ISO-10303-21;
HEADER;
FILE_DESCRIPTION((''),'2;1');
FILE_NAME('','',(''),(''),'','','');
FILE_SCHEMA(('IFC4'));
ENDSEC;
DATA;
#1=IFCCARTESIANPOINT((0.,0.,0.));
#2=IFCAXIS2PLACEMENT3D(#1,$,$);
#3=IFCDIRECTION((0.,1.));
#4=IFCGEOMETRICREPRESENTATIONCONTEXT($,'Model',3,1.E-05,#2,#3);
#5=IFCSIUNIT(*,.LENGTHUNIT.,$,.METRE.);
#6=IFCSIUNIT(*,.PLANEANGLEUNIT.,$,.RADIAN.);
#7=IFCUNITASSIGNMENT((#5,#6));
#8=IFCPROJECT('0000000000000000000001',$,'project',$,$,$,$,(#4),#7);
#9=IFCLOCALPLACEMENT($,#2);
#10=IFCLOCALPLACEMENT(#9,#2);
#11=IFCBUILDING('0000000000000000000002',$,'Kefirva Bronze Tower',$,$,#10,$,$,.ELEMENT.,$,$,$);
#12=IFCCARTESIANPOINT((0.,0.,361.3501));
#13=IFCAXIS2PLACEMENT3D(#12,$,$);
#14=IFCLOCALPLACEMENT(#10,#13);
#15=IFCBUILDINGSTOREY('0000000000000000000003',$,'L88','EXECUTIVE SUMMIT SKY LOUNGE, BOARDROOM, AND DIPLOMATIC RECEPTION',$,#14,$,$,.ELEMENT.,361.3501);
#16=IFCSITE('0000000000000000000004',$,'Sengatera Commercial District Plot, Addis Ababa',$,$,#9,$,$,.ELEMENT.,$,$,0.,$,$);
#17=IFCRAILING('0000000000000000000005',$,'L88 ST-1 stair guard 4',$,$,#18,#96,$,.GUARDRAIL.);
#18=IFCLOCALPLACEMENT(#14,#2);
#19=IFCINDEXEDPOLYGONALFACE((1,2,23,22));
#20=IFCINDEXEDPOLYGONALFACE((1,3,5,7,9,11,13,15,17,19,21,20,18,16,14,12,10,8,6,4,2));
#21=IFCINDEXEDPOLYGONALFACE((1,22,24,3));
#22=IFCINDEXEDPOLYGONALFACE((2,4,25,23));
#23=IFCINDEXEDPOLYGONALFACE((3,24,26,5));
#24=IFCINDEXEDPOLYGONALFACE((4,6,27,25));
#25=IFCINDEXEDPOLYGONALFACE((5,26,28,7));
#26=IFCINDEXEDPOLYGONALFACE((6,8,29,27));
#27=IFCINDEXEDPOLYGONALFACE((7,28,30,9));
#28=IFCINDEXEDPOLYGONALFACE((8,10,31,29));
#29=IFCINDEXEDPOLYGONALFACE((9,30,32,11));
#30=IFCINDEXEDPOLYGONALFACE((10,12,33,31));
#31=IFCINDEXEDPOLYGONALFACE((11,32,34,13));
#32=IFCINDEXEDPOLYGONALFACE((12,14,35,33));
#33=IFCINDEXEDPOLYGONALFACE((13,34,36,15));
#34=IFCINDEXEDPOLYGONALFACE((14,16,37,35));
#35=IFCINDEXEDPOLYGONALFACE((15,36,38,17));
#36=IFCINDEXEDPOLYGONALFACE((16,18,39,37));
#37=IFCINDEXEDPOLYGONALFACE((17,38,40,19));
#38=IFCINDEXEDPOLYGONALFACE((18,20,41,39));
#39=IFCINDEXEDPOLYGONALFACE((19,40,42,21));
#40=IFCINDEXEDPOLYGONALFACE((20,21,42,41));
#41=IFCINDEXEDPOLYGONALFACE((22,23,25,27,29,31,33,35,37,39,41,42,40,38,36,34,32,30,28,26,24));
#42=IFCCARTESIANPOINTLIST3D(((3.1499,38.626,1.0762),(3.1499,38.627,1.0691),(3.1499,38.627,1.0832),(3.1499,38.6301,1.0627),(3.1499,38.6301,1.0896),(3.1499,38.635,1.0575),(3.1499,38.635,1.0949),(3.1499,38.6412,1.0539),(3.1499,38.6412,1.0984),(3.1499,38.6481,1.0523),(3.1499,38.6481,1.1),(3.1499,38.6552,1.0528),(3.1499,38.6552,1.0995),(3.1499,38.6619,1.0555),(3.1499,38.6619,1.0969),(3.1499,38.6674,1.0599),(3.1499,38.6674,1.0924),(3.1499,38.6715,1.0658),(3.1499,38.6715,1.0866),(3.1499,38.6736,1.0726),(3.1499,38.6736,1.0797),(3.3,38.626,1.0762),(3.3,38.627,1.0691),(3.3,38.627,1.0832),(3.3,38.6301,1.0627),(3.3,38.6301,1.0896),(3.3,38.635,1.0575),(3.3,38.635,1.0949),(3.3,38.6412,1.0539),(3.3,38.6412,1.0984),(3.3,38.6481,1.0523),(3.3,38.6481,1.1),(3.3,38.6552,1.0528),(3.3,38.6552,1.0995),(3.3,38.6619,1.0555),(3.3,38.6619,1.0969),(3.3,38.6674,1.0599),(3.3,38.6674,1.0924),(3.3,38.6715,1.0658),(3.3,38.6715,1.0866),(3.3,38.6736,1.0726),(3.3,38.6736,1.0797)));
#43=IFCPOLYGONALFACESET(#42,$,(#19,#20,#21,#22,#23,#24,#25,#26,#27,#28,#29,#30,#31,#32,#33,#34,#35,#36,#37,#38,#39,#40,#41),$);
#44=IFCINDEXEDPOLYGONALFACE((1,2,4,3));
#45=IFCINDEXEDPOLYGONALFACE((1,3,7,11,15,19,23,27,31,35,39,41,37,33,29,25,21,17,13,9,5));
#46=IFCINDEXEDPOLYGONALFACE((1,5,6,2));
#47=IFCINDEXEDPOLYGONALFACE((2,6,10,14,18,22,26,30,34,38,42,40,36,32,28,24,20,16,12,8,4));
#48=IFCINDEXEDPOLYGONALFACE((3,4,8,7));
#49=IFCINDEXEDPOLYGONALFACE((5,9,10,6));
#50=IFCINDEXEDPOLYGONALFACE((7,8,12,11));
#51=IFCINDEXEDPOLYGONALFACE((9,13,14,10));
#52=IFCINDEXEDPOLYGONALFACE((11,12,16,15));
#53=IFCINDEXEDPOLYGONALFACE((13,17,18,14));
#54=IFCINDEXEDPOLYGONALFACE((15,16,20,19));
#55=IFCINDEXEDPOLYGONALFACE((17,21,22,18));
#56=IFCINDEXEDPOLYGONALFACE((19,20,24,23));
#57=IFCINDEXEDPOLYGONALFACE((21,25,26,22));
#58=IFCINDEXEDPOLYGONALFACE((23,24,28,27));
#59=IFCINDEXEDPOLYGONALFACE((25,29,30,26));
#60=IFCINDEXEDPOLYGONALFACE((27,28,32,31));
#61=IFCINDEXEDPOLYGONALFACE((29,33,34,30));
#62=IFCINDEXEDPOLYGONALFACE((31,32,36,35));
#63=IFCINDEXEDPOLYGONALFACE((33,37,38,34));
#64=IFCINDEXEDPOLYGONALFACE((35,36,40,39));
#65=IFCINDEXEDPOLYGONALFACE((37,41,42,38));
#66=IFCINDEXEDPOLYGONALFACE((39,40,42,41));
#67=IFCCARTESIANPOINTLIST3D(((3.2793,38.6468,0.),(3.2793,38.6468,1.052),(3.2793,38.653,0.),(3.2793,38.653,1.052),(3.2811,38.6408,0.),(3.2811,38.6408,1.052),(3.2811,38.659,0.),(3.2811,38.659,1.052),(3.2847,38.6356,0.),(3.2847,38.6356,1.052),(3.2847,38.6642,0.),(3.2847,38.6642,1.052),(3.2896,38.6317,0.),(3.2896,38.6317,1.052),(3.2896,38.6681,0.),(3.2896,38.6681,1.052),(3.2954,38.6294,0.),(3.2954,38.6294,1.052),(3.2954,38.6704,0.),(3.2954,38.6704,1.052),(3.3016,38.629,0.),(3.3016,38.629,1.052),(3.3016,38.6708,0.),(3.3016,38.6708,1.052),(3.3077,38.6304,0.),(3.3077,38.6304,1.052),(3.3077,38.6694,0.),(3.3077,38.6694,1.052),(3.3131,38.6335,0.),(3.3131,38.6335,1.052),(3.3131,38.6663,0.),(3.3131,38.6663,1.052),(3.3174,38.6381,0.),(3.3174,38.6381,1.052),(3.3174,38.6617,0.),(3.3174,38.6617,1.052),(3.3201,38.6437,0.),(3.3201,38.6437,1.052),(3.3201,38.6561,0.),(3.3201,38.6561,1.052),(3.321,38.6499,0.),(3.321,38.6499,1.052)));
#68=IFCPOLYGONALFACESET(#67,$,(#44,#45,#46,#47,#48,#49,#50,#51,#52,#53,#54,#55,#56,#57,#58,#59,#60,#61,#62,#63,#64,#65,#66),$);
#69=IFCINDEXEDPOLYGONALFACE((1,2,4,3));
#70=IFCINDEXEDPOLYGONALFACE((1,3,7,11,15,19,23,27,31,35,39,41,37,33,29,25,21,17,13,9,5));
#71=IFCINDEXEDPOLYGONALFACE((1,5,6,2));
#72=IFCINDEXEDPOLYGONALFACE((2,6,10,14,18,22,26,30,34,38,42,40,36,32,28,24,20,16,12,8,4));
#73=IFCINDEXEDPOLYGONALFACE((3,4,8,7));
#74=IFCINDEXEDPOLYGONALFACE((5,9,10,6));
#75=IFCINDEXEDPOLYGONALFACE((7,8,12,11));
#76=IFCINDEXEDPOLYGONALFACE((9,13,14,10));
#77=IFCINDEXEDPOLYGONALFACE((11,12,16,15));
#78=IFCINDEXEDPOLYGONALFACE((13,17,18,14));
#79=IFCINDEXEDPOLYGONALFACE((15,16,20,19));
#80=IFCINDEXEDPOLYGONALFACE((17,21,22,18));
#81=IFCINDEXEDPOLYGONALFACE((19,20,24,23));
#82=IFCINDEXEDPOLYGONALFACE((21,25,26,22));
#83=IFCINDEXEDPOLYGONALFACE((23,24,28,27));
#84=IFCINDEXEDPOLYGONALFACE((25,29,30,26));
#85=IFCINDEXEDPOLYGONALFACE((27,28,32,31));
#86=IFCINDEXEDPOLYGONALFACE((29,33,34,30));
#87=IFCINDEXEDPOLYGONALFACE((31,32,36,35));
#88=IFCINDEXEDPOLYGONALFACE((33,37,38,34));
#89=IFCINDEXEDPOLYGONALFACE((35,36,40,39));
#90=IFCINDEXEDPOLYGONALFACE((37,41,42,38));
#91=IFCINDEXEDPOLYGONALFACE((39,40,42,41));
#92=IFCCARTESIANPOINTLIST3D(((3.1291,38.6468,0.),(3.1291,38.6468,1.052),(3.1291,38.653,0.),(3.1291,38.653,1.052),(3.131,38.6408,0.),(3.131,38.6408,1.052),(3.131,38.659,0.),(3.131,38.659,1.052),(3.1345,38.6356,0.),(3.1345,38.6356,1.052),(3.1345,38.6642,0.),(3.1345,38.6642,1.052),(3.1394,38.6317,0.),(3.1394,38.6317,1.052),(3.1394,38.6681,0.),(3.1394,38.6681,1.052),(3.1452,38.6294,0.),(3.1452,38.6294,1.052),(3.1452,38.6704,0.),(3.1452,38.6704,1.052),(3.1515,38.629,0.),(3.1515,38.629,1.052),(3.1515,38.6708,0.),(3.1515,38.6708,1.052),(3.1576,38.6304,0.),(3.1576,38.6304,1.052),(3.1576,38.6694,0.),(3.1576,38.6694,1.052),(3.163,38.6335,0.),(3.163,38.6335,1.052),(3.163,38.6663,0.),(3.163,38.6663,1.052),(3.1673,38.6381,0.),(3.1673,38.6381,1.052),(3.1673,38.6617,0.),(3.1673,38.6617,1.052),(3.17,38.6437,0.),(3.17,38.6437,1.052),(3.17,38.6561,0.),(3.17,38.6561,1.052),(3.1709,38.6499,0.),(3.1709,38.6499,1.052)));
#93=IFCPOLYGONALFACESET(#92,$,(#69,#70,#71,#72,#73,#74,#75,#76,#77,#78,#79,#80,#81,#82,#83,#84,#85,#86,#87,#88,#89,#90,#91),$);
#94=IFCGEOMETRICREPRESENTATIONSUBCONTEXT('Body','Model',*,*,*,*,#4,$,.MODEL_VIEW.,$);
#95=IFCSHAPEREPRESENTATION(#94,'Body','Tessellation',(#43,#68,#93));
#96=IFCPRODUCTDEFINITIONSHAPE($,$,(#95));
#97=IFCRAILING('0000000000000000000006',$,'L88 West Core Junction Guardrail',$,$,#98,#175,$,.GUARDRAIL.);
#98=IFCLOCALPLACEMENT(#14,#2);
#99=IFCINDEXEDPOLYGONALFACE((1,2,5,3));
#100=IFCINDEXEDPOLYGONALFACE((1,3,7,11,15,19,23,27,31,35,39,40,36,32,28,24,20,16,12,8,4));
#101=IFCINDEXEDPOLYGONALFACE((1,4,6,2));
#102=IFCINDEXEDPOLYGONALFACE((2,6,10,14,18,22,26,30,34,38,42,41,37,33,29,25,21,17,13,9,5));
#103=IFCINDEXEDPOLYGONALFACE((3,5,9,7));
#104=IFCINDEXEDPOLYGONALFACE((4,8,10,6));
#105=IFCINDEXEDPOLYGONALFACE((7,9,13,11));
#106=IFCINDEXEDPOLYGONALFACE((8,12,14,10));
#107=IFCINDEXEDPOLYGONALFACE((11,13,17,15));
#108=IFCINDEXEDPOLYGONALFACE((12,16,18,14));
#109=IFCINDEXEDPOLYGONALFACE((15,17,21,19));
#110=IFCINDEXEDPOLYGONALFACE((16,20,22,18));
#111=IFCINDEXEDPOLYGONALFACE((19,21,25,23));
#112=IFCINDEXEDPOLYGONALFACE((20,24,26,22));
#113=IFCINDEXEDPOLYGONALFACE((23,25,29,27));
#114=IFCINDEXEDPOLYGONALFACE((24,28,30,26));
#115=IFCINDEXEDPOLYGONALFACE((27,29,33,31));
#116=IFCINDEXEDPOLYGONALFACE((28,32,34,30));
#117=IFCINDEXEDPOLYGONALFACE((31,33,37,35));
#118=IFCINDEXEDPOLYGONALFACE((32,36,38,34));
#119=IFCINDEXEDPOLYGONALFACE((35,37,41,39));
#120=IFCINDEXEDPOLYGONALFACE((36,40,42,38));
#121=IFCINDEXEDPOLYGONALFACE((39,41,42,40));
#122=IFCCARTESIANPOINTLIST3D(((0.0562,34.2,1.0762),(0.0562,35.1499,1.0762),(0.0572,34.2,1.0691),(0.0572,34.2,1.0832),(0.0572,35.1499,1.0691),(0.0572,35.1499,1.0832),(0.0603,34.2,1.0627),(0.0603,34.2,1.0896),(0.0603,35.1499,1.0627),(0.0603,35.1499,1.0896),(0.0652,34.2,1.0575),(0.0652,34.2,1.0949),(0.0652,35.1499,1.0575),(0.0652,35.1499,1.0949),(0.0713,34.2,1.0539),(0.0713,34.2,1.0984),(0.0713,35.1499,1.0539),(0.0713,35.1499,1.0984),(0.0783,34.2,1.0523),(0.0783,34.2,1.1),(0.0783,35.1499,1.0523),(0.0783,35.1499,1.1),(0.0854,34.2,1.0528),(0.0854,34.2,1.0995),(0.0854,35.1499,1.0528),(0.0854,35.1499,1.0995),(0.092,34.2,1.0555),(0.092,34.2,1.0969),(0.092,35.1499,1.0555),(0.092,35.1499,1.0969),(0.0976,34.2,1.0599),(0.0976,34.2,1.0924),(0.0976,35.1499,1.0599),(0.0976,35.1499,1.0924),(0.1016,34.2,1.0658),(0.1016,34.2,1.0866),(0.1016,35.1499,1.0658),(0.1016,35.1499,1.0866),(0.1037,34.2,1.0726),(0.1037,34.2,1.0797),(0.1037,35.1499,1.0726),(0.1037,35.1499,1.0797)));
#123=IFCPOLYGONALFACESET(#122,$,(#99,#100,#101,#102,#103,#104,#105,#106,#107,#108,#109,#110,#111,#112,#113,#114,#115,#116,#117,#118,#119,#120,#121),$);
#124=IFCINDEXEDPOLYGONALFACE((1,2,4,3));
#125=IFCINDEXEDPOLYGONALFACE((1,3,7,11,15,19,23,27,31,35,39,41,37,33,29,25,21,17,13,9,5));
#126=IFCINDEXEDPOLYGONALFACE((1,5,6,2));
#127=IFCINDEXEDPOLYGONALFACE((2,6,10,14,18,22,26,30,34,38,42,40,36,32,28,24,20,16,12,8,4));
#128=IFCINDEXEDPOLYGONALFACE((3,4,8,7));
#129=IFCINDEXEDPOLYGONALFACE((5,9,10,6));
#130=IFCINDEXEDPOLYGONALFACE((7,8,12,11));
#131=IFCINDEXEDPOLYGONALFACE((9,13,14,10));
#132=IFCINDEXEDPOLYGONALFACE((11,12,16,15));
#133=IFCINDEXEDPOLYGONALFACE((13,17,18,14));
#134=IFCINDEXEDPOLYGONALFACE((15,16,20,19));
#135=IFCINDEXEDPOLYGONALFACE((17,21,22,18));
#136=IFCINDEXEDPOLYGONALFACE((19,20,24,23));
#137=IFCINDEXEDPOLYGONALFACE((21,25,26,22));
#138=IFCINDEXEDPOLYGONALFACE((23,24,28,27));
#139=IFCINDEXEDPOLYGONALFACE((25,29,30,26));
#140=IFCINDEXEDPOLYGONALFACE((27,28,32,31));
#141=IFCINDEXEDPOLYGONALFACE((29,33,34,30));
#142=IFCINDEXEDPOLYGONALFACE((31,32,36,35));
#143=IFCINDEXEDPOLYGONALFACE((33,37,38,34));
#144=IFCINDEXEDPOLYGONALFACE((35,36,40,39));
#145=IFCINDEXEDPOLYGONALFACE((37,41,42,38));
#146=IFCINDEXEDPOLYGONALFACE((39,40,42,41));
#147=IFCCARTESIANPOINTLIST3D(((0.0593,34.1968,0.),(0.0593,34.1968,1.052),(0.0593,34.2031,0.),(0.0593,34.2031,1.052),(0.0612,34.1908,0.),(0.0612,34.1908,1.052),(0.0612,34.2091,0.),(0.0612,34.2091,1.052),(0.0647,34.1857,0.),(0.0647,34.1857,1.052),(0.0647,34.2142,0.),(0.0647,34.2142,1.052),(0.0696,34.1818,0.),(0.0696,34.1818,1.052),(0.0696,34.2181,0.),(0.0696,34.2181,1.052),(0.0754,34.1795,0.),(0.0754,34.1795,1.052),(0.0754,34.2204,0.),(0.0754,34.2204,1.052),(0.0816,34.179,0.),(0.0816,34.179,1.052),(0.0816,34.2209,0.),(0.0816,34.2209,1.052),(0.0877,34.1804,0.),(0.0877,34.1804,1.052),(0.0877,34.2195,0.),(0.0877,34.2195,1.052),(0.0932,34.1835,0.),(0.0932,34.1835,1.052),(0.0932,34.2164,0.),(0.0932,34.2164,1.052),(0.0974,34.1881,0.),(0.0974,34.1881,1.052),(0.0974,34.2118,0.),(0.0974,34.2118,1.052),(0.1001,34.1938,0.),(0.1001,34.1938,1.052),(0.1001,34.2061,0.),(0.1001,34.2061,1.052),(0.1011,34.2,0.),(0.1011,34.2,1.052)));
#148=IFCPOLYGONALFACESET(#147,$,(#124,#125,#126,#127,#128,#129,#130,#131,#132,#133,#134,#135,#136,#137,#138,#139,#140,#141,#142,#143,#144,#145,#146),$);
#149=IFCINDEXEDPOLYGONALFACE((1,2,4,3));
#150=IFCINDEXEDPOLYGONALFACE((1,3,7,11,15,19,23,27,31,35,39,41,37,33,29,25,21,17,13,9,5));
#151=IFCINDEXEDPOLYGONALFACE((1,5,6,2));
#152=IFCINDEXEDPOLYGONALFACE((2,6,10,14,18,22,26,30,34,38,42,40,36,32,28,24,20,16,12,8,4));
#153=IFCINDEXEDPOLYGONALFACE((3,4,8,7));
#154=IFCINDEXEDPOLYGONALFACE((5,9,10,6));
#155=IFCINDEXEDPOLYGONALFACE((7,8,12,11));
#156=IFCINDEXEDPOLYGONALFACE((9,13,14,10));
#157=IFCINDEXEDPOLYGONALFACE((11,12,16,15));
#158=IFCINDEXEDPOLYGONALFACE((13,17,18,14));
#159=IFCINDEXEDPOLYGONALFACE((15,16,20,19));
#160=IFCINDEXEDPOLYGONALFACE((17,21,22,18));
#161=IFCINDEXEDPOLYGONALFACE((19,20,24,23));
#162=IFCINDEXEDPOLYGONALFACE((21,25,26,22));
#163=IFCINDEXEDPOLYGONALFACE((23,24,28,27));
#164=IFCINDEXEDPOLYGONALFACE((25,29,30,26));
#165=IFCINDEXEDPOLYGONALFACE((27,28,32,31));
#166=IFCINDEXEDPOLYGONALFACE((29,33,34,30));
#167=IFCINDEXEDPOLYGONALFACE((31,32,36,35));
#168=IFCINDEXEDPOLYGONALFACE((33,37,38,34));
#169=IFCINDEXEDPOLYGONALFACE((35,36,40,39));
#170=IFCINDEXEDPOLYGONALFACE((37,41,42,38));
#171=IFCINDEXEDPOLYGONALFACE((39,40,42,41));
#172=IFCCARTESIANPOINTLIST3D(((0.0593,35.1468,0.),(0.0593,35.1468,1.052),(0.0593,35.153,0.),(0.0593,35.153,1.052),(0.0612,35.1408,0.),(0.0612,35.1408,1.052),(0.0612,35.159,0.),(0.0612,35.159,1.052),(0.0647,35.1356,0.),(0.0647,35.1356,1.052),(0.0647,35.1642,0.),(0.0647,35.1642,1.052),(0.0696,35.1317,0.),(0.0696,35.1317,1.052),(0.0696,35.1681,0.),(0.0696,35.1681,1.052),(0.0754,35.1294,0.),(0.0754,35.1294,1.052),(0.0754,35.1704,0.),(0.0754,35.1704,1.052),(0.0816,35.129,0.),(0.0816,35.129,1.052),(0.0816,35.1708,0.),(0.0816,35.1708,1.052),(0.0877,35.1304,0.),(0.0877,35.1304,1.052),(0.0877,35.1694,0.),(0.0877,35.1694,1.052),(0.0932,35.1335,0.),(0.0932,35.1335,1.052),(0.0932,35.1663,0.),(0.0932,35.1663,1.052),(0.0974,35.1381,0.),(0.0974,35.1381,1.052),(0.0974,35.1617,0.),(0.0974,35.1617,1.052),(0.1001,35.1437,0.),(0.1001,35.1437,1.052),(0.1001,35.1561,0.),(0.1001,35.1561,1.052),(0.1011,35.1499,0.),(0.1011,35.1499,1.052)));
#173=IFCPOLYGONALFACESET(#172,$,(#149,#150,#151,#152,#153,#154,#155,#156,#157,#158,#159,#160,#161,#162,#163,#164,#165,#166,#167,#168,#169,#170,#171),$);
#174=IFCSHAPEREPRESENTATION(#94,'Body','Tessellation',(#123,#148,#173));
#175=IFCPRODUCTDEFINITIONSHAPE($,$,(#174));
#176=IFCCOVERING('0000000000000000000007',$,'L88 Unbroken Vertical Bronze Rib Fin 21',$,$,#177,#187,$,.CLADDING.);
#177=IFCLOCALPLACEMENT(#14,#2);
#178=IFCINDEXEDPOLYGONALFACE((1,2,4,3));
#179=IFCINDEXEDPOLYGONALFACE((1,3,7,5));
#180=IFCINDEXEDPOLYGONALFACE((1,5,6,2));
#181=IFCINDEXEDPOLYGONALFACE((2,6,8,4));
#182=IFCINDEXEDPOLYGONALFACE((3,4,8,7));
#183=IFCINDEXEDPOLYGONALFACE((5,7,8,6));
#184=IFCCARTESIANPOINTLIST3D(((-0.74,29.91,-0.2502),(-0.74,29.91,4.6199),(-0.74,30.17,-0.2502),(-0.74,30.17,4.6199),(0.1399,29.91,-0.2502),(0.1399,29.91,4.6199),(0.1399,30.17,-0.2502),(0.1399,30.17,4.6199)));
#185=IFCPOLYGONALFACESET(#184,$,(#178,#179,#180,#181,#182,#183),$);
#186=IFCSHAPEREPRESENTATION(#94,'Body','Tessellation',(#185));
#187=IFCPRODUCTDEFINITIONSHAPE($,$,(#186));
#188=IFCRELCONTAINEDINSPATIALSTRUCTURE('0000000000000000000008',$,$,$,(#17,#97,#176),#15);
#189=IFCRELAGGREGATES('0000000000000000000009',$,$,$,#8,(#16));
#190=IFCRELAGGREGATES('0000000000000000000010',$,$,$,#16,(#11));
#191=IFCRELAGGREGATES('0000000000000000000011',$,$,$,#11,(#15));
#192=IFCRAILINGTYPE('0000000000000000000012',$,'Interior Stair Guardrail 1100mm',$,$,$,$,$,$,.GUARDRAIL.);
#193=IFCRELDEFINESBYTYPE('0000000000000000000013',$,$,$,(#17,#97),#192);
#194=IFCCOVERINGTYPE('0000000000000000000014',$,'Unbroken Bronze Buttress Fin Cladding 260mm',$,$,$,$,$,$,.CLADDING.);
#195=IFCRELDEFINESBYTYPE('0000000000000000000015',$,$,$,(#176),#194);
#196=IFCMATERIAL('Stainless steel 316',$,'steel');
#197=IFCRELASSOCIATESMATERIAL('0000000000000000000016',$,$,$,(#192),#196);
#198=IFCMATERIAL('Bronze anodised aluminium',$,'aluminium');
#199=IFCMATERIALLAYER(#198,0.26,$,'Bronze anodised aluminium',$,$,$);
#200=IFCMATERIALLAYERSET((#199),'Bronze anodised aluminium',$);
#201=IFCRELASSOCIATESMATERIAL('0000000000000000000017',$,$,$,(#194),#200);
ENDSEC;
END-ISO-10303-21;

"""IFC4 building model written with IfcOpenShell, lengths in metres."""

from ifc_helpers import new_model, si_unit, direction, frame, origin, origin_2d, place, context, subcontext, project, spatial, rectangle, circle, extrude, material, layer, layer_set, type_object, element, save


model = new_model("IFC4")

# Units and contexts
model_context = context("Model", 3, precision=1e-05, world=origin(), true_north=direction((0.0, 1.0)))
body_context = subcontext(model_context, "Body", "Model", "MODEL_VIEW")
ifc_project = project(units=[si_unit("LENGTHUNIT", "METRE"), si_unit("PLANEANGLEUNIT", "RADIAN")], contexts=[model_context])

# Site, building, storey
site_placement = place(None, origin())
site = spatial("IfcSite", under=ifc_project, at=site_placement, Name="Sengatera Commercial District Plot, Addis Ababa", CompositionType="ELEMENT", RefElevation=0.0)
building_placement = place(site_placement, origin())
building = spatial("IfcBuilding", under=site, at=building_placement, Name="Kefirva Bronze Tower", CompositionType="ELEMENT")
storey_placement = place(building_placement, frame((0.0, 0.0, 361.3501)))
storey = spatial("IfcBuildingStorey", under=building, at=storey_placement, Name="L88", Description="EXECUTIVE SUMMIT SKY LOUNGE, BOARDROOM, AND DIPLOMATIC RECEPTION", CompositionType="ELEMENT", Elevation=361.3501)

# Shared definitions
ifc_material_1 = material(Name="Bronze anodised aluminium", Category="aluminium")

# Shared definitions
ifc_material_2 = material(Name="Stainless steel 316", Category="steel")

# Railings
railing_type = type_object("IfcRailingType", Name="Interior Stair Guardrail 1100mm", PredefinedType="GUARDRAIL", material=ifc_material_2)
railing_1_placement = place(storey_placement, frame((3.3, 38.6499, 0.0)))
element("IfcRailing", 1, at=railing_1_placement, inside=storey, type_object=railing_type, Name="L88 ST-1 stair guard 4", PredefinedType="GUARDRAIL", context=body_context, shape_type="SweptSolid", body=[
    extrude(circle(Radius=0.0239, at=origin_2d()), frame((0.0, 0.0, 1.0762), z_axis=(-1.0, 0.0, 0.0), x_axis=(0.0, -1.0, 0.0)), (0.0, 0.0, 1.0), 0.1501),
    extrude(circle(Radius=0.021, at=origin_2d()), origin(), (0.0, 0.0, 1.0), 1.052),
    extrude(circle(Radius=0.021, at=origin_2d()), frame((-0.1501, 0.0, 0.0)), (0.0, 0.0, 1.0), 1.052),
])
railing_2_placement = place(storey_placement, frame((0.0801, 34.2, 0.0)))
element("IfcRailing", 2, at=railing_2_placement, inside=storey, type_object=railing_type, Name="L88 West Core Junction Guardrail", PredefinedType="GUARDRAIL", context=body_context, shape_type="SweptSolid", body=[
    extrude(circle(Radius=0.0239, at=origin_2d()), frame((0.0, 0.0, 1.0762), z_axis=(0.0, 1.0, 0.0), x_axis=(-1.0, 0.0, 0.0)), (0.0, 0.0, 1.0), 0.95),
    extrude(circle(Radius=0.021, at=origin_2d()), origin(), (0.0, 0.0, 1.0), 1.052),
    extrude(circle(Radius=0.021, at=origin_2d()), frame((0.0, 0.95, 0.0)), (0.0, 0.0, 1.0), 1.052),
])

# Covering
ifc_layer_1 = layer(ifc_material_1, 0.26, Name="Bronze anodised aluminium")
ifc_layer_set_1 = layer_set([ifc_layer_1], Name="Bronze anodised aluminium")
covering_type = type_object("IfcCoveringType", Name="Unbroken Bronze Buttress Fin Cladding 260mm", PredefinedType="CLADDING", material=ifc_layer_set_1)
covering_placement = place(storey_placement, frame((-0.3, 30.04, -0.2502), z_axis=(0.0, 0.0, 1.0), x_axis=(0.0, -1.0, 0.0)))
element("IfcCovering", 3, at=covering_placement, inside=storey, type_object=covering_type, Name="L88 Unbroken Vertical Bronze Rib Fin 21", PredefinedType="CLADDING", context=body_context, shape_type="SweptSolid", body=[
    extrude(rectangle(XDim=0.26, YDim=0.8799, at=origin_2d()), origin(), (0.0, 0.0, 1.0), 4.8701),
])

save(model, "model.ifc")
